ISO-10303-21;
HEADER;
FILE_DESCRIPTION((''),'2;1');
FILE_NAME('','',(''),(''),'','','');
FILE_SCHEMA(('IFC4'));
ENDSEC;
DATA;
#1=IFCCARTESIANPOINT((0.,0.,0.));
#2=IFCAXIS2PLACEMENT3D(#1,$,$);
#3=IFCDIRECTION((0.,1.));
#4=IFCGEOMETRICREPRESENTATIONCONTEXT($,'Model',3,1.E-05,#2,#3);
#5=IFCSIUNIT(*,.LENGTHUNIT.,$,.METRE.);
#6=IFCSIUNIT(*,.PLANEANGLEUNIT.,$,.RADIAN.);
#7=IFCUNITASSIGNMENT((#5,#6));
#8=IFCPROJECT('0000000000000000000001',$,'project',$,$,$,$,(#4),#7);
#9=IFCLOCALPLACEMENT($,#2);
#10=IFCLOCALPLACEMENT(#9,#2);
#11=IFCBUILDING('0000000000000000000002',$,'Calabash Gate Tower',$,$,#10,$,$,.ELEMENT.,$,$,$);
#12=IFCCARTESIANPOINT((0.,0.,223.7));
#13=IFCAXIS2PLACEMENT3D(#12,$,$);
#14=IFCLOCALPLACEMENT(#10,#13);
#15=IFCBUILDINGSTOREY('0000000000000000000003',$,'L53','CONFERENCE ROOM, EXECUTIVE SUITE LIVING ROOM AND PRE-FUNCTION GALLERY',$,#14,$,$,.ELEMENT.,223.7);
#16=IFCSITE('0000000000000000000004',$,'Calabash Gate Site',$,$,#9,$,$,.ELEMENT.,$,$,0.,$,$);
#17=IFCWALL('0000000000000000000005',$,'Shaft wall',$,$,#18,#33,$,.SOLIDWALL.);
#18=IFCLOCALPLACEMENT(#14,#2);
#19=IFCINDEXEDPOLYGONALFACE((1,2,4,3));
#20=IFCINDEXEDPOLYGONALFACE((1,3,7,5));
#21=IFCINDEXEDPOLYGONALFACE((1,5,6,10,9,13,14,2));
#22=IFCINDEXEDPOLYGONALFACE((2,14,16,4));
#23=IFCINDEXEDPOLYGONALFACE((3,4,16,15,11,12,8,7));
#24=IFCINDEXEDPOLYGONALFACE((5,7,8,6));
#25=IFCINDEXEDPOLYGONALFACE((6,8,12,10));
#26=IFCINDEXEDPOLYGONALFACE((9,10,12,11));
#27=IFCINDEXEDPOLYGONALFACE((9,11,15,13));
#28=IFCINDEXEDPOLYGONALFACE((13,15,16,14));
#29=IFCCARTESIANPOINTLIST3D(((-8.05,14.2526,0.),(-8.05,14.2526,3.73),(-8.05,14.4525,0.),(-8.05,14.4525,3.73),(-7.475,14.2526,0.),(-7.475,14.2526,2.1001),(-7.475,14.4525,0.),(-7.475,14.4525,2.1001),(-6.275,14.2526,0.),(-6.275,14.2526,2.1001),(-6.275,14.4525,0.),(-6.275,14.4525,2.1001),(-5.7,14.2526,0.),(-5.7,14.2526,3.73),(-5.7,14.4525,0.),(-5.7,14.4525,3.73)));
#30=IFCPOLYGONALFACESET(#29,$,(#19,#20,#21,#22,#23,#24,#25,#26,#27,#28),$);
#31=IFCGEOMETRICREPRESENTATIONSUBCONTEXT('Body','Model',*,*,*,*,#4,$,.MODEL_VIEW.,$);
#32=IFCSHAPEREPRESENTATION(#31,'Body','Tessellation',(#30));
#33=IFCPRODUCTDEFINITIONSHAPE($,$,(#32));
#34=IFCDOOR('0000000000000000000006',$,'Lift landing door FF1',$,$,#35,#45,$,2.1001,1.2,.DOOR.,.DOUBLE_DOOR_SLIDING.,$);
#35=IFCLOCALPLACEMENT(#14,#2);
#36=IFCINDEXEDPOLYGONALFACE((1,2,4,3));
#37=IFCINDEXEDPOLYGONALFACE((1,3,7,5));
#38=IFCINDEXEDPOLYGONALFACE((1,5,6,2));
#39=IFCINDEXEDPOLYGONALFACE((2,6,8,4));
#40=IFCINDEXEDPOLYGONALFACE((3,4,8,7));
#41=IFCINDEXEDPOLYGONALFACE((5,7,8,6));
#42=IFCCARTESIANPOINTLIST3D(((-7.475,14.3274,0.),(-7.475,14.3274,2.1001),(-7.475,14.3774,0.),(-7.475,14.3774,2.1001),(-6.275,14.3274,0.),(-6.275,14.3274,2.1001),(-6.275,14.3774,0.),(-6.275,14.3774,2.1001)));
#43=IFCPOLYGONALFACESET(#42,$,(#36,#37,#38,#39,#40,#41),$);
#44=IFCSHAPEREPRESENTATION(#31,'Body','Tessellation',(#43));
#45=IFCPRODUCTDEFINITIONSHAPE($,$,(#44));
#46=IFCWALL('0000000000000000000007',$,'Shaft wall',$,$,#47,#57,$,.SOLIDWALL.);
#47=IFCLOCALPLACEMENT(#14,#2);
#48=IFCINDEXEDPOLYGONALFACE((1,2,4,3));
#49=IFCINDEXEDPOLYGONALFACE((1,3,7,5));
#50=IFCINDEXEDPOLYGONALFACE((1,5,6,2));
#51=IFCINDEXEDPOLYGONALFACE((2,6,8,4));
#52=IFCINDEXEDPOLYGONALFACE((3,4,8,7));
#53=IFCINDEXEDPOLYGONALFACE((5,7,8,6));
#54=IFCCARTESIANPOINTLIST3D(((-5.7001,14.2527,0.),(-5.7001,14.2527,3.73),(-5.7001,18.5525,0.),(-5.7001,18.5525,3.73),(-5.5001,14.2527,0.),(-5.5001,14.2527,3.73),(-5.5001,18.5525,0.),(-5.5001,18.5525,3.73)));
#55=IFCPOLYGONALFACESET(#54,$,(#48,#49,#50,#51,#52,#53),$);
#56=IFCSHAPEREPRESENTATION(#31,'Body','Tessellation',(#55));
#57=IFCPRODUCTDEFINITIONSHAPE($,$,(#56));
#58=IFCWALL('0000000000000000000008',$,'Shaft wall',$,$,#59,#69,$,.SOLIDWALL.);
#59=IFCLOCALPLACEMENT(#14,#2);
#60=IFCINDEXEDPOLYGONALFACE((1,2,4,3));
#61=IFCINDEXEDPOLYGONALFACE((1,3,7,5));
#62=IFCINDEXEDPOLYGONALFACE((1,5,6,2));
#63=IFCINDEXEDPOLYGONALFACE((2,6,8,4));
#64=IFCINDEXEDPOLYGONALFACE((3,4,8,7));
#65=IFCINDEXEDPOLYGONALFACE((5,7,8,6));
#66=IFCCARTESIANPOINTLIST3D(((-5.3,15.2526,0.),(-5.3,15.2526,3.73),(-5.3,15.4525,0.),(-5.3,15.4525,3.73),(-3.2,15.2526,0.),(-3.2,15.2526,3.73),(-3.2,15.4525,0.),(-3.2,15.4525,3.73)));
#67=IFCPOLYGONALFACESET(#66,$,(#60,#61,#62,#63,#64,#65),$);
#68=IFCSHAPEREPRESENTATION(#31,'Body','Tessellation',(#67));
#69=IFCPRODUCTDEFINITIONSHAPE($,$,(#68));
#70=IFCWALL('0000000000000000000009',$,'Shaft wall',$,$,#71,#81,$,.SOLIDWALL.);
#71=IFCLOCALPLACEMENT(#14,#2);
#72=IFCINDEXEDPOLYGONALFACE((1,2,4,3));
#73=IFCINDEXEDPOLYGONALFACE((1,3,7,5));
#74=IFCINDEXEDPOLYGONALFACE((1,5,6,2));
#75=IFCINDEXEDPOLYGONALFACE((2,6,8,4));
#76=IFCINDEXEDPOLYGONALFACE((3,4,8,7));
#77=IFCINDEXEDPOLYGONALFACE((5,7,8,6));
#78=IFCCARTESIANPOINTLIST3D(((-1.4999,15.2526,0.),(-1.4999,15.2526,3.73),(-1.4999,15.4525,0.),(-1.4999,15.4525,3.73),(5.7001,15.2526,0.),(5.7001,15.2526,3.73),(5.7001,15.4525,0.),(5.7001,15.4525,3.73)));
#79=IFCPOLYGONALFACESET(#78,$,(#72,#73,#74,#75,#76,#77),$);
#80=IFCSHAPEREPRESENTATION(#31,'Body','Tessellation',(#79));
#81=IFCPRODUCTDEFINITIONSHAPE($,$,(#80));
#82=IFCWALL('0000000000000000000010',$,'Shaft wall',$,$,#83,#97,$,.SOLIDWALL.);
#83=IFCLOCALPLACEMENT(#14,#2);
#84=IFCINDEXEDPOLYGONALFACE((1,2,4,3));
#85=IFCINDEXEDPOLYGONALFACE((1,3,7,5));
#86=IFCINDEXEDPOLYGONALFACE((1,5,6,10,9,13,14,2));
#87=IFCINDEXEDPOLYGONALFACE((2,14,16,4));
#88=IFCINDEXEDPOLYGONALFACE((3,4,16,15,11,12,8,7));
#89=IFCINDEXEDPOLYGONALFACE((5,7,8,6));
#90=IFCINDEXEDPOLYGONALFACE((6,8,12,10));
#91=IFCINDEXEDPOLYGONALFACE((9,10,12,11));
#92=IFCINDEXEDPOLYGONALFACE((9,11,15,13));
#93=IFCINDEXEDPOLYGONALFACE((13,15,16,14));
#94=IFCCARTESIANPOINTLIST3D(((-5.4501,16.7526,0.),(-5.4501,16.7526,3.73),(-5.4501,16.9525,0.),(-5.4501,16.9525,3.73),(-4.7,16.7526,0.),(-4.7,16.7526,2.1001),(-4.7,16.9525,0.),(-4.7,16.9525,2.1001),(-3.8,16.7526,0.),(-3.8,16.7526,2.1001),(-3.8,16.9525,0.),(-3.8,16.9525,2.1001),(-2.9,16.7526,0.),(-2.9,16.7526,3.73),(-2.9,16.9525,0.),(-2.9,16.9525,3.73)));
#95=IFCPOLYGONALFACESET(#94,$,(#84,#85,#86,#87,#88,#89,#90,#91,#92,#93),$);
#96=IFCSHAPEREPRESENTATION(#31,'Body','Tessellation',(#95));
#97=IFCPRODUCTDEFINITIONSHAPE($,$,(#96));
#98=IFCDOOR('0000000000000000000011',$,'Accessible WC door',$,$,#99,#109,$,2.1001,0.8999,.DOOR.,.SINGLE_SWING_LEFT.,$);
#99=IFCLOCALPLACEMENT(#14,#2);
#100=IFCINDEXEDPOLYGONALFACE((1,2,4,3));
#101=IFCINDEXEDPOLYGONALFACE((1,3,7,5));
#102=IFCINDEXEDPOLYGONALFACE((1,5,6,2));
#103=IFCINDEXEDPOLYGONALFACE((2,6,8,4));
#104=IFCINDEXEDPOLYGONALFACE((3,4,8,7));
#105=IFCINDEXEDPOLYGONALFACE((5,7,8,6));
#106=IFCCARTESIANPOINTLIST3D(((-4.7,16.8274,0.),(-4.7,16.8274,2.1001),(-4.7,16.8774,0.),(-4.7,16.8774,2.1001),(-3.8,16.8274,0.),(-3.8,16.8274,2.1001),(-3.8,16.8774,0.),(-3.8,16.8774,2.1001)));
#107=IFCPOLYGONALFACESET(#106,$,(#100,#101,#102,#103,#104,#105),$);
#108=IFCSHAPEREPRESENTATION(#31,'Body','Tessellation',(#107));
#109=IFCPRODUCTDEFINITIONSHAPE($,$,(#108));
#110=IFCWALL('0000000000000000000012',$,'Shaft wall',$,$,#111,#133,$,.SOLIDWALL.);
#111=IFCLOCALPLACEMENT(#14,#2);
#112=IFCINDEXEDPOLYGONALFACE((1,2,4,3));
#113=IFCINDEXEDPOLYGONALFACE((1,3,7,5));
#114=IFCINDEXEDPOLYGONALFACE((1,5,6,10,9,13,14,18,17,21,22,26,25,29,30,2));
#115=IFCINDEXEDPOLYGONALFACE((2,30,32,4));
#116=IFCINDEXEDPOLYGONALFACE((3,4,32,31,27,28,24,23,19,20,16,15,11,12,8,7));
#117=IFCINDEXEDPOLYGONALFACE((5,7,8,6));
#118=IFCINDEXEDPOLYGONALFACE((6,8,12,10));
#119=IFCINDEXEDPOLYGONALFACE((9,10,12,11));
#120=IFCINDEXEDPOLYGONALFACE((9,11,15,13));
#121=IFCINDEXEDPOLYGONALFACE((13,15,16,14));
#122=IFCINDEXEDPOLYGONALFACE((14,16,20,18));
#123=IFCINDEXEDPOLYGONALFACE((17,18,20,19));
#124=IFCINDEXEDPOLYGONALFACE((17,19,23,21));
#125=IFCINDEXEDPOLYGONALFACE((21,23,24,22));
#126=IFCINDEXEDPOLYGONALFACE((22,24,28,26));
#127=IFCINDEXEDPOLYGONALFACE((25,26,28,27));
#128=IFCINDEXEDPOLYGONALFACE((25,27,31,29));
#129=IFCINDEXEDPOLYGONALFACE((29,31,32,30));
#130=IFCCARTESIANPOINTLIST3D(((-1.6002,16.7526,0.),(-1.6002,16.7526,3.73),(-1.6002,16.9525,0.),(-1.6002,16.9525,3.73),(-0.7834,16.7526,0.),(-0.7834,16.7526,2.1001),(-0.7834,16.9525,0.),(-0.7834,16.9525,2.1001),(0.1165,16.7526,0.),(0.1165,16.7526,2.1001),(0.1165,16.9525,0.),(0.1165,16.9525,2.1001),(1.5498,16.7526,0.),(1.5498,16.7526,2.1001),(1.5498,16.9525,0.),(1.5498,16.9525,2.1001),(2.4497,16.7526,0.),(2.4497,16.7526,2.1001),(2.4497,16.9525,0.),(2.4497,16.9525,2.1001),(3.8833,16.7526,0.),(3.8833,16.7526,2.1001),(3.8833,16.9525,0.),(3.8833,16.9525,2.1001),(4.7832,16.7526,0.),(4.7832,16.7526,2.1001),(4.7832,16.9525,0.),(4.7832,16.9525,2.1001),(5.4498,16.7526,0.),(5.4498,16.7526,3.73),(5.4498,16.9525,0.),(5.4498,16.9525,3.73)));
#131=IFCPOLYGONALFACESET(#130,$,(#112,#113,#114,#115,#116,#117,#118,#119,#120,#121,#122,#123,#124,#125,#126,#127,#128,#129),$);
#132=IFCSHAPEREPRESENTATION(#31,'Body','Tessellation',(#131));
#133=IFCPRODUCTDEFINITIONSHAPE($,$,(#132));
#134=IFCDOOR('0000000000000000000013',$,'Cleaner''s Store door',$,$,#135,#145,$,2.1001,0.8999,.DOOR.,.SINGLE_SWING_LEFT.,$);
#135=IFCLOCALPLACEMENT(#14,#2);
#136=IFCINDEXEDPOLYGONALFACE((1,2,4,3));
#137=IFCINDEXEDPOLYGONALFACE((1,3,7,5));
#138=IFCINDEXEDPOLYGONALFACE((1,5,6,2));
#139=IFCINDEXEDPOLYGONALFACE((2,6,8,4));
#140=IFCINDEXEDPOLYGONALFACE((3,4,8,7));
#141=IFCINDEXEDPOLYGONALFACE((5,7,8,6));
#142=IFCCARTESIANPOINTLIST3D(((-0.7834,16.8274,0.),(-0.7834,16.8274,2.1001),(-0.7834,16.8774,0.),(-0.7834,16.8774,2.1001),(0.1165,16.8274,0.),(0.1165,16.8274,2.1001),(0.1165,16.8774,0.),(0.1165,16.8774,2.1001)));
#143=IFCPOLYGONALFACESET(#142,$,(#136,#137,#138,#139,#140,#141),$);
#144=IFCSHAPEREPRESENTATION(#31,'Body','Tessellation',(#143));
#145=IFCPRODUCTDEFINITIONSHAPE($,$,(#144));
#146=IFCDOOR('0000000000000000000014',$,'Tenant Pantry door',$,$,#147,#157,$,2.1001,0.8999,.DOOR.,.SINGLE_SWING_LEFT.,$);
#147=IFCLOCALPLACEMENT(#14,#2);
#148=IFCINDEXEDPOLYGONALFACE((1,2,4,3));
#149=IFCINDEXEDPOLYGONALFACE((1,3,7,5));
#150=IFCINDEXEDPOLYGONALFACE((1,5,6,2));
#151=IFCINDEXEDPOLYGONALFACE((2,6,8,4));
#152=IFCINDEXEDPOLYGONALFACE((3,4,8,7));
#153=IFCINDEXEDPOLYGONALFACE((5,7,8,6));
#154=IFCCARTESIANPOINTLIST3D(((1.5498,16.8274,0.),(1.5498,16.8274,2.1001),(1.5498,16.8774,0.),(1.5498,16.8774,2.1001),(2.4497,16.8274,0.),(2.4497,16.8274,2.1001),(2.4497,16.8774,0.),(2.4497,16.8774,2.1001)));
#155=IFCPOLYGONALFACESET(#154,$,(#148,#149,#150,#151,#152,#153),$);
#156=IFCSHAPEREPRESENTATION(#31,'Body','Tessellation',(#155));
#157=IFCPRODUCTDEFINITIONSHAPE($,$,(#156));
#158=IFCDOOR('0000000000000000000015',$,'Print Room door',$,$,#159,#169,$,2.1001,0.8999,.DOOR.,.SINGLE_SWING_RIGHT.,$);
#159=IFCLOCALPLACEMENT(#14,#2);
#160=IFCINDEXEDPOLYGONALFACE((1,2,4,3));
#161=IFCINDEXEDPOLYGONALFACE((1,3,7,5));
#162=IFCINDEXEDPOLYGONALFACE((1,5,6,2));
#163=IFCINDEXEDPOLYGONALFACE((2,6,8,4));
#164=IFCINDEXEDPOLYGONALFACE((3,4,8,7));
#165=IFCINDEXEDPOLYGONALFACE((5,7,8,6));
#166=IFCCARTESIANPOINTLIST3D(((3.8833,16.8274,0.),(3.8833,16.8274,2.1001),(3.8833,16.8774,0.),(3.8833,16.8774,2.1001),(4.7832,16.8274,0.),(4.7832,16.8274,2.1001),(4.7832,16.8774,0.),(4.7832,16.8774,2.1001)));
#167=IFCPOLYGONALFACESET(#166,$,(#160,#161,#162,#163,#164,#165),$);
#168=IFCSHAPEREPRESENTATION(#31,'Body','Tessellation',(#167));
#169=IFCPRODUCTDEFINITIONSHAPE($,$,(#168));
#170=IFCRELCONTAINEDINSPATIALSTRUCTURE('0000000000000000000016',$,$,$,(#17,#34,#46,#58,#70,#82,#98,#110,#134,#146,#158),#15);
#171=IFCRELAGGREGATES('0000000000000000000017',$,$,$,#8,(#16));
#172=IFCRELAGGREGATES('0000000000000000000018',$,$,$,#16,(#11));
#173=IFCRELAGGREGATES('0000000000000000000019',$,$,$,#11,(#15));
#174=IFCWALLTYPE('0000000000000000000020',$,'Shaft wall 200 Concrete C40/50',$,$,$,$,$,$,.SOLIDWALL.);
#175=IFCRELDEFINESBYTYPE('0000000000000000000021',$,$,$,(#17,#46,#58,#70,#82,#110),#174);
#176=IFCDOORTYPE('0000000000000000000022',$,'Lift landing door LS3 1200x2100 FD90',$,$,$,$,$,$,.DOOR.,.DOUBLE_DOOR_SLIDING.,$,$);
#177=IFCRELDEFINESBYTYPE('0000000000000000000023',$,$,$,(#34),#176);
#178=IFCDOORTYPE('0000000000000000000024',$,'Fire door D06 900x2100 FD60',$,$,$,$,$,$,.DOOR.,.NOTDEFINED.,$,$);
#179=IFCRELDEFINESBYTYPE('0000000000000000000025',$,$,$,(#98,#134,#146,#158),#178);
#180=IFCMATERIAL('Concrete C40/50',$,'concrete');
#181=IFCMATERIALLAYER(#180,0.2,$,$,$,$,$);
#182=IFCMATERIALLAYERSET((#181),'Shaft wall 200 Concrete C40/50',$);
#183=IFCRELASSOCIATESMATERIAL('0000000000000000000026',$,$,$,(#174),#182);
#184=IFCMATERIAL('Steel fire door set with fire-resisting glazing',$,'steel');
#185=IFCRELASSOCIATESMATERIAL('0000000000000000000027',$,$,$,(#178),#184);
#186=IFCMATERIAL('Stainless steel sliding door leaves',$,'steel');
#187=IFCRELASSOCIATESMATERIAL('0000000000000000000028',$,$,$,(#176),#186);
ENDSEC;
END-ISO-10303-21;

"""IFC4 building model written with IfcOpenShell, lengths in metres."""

from ifc_helpers import new_model, si_unit, direction, frame, frame_2d, origin, place, context, subcontext, project, spatial, rectangle, extrude, material, layer, layer_set, type_object, element, fill, save


model = new_model("IFC4")

# Units and contexts
model_context = context("Model", 3, precision=1e-05, world=origin(), true_north=direction((0.0, 1.0)))
body_context = subcontext(model_context, "Body", "Model", "MODEL_VIEW")
ifc_project = project(units=[si_unit("LENGTHUNIT", "METRE"), si_unit("PLANEANGLEUNIT", "RADIAN")], contexts=[model_context])

# Site, building, storey
site_placement = place(None, origin())
site = spatial("IfcSite", under=ifc_project, at=site_placement, Name="Calabash Gate Site", CompositionType="ELEMENT", RefElevation=0.0)
building_placement = place(site_placement, origin())
building = spatial("IfcBuilding", under=site, at=building_placement, Name="Calabash Gate Tower", CompositionType="ELEMENT")
storey_placement = place(building_placement, frame((0.0, 0.0, 223.7)))
storey = spatial("IfcBuildingStorey", under=building, at=storey_placement, Name="L53", Description="CONFERENCE ROOM, EXECUTIVE SUITE LIVING ROOM AND PRE-FUNCTION GALLERY", CompositionType="ELEMENT", Elevation=223.7)

# Shared definitions
ifc_material_1 = material(Name="Concrete C40/50", Category="concrete")
ifc_layer_1 = layer(ifc_material_1, 0.2)
ifc_layer_set_1 = layer_set([ifc_layer_1], Name="Shaft wall 200 Concrete C40/50")
wall_type_1 = type_object("IfcWallType", Name="Shaft wall 200 Concrete C40/50", PredefinedType="SOLIDWALL", material=ifc_layer_set_1)
ifc_material_2 = material(Name="Steel fire door set with fire-resisting glazing", Category="steel")
door_type_1 = type_object("IfcDoorType", Name="Fire door D06 900x2100 FD60", OperationType="NOTDEFINED", PredefinedType="DOOR", material=ifc_material_2)

# Wall, opening, door
wall_1_placement = place(storey_placement, frame((-8.05, 14.3525, 0.0), z_axis=(0.0, 0.0, 1.0), x_axis=(1.0, 0.0, 0.0)))
wall_1 = element("IfcWall", 1, at=wall_1_placement, inside=storey, type_object=wall_type_1, Name="Shaft wall", PredefinedType="SOLIDWALL", context=body_context, shape_type="SweptSolid", body=[
    extrude(rectangle(XDim=2.3501, YDim=0.2, at=frame_2d((1.175, 0.0))), origin(), (0.0, 0.0, 1.0), 3.73),
])
opening_1_placement = place(wall_1_placement, frame((0.575, 0.0, 0.0)))
opening_1 = element("IfcOpeningElement", 2, at=opening_1_placement, cuts=wall_1, PredefinedType="OPENING", context=body_context, shape_type="SweptSolid", body=[
    extrude(rectangle(XDim=1.2, YDim=2.1001, at=frame_2d((0.6001, 1.05))), frame((0.0, 0.1099, 0.0), z_axis=(0.0, -1.0, 0.0), x_axis=(1.0, 0.0, 0.0)), (0.0, 0.0, 1.0), 0.22),
])
ifc_material_3 = material(Name="Stainless steel sliding door leaves", Category="steel")
door_type_2 = type_object("IfcDoorType", Name="Lift landing door LS3 1200x2100 FD90", OperationType="DOUBLE_DOOR_SLIDING", PredefinedType="DOOR", material=ifc_material_3)
door_1_placement = place(opening_1_placement, origin())
door_1 = element("IfcDoor", 3, at=door_1_placement, inside=storey, type_object=door_type_2, Name="Lift landing door FF1", OperationType="DOUBLE_DOOR_SLIDING", OverallHeight=2.1001, OverallWidth=1.2, PredefinedType="DOOR", context=body_context, shape_type="SweptSolid", body=[
    extrude(rectangle(XDim=1.2, YDim=2.1001, at=frame_2d((0.6001, 1.05))), frame((0.0, 0.0249, 0.0), z_axis=(0.0, -1.0, 0.0), x_axis=(1.0, 0.0, 0.0)), (0.0, 0.0, 1.0), 0.05),
])
fill(opening_1, door_1)

# Walls
wall_2_placement = place(storey_placement, frame((-5.6001, 14.2527, 0.0), z_axis=(0.0, 0.0, 1.0), x_axis=(0.0, 1.0, 0.0)))
element("IfcWall", 4, at=wall_2_placement, inside=storey, type_object=wall_type_1, Name="Shaft wall", PredefinedType="SOLIDWALL", context=body_context, shape_type="SweptSolid", body=[
    extrude(rectangle(XDim=4.2998, YDim=0.2, at=frame_2d((2.1499, 0.0))), origin(), (0.0, 0.0, 1.0), 3.73),
])
wall_3_placement = place(storey_placement, frame((-5.3, 15.3525, 0.0), z_axis=(0.0, 0.0, 1.0), x_axis=(1.0, 0.0, 0.0)))
element("IfcWall", 5, at=wall_3_placement, inside=storey, type_object=wall_type_1, Name="Shaft wall", PredefinedType="SOLIDWALL", context=body_context, shape_type="SweptSolid", body=[
    extrude(rectangle(XDim=2.1001, YDim=0.2, at=frame_2d((1.05, 0.0))), origin(), (0.0, 0.0, 1.0), 3.73),
])
wall_4_placement = place(storey_placement, frame((-1.5, 15.3525, 0.0), z_axis=(0.0, 0.0, 1.0), x_axis=(1.0, 0.0, 0.0)))
element("IfcWall", 6, at=wall_4_placement, inside=storey, type_object=wall_type_1, Name="Shaft wall", PredefinedType="SOLIDWALL", context=body_context, shape_type="SweptSolid", body=[
    extrude(rectangle(XDim=7.2, YDim=0.2, at=frame_2d((3.6001, 0.0))), origin(), (0.0, 0.0, 1.0), 3.73),
])

# Wall, opening, door
wall_5_placement = place(storey_placement, frame((-5.45, 16.8525, 0.0), z_axis=(0.0, 0.0, 1.0), x_axis=(1.0, 0.0, 0.0)))
wall_5 = element("IfcWall", 7, at=wall_5_placement, inside=storey, type_object=wall_type_1, Name="Shaft wall", PredefinedType="SOLIDWALL", context=body_context, shape_type="SweptSolid", body=[
    extrude(rectangle(XDim=2.55, YDim=0.2, at=frame_2d((1.2749, 0.0))), origin(), (0.0, 0.0, 1.0), 3.73),
])
opening_2_placement = place(wall_5_placement, frame((0.75, 0.0, 0.0)))
opening_2 = element("IfcOpeningElement", 8, at=opening_2_placement, cuts=wall_5, PredefinedType="OPENING", context=body_context, shape_type="SweptSolid", body=[
    extrude(rectangle(XDim=0.8999, YDim=2.1001, at=frame_2d((0.45, 1.05))), frame((0.0, 0.1099, 0.0), z_axis=(0.0, -1.0, 0.0), x_axis=(1.0, 0.0, 0.0)), (0.0, 0.0, 1.0), 0.22),
])
door_2_placement = place(opening_2_placement, origin())
door_2 = element("IfcDoor", 9, at=door_2_placement, inside=storey, type_object=door_type_1, Name="Accessible WC door", OperationType="SINGLE_SWING_LEFT", OverallHeight=2.1001, OverallWidth=0.8999, PredefinedType="DOOR", context=body_context, shape_type="SweptSolid", body=[
    extrude(rectangle(XDim=0.8999, YDim=2.1001, at=frame_2d((0.45, 1.05))), frame((0.0, 0.0249, 0.0), z_axis=(0.0, -1.0, 0.0), x_axis=(1.0, 0.0, 0.0)), (0.0, 0.0, 1.0), 0.05),
])
fill(opening_2, door_2)

# Wall, openings, doors
wall_6_placement = place(storey_placement, frame((-1.6001, 16.8525, 0.0), z_axis=(0.0, 0.0, 1.0), x_axis=(1.0, 0.0, 0.0)))
wall_6 = element("IfcWall", 10, at=wall_6_placement, inside=storey, type_object=wall_type_1, Name="Shaft wall", PredefinedType="SOLIDWALL", context=body_context, shape_type="SweptSolid", body=[
    extrude(rectangle(XDim=7.05, YDim=0.2, at=frame_2d((3.5249, 0.0))), origin(), (0.0, 0.0, 1.0), 3.73),
])
opening_3_placement = place(wall_6_placement, frame((0.8167, 0.0, 0.0)))
opening_3 = element("IfcOpeningElement", 11, at=opening_3_placement, cuts=wall_6, PredefinedType="OPENING", context=body_context, shape_type="SweptSolid", body=[
    extrude(rectangle(XDim=0.8999, YDim=2.1001, at=frame_2d((0.45, 1.05))), frame((0.0, 0.1099, 0.0), z_axis=(0.0, -1.0, 0.0), x_axis=(1.0, 0.0, 0.0)), (0.0, 0.0, 1.0), 0.22),
])
opening_4_placement = place(wall_6_placement, frame((3.1499, 0.0, 0.0)))
opening_4 = element("IfcOpeningElement", 12, at=opening_4_placement, cuts=wall_6, PredefinedType="OPENING", context=body_context, shape_type="SweptSolid", body=[
    extrude(rectangle(XDim=0.8999, YDim=2.1001, at=frame_2d((0.45, 1.05))), frame((0.0, 0.1099, 0.0), z_axis=(0.0, -1.0, 0.0), x_axis=(1.0, 0.0, 0.0)), (0.0, 0.0, 1.0), 0.22),
])
opening_5_placement = place(wall_6_placement, frame((5.4834, 0.0, 0.0)))
opening_5 = element("IfcOpeningElement", 13, at=opening_5_placement, cuts=wall_6, PredefinedType="OPENING", context=body_context, shape_type="SweptSolid", body=[
    extrude(rectangle(XDim=0.8999, YDim=2.1001, at=frame_2d((0.45, 1.05))), frame((0.0, 0.1099, 0.0), z_axis=(0.0, -1.0, 0.0), x_axis=(1.0, 0.0, 0.0)), (0.0, 0.0, 1.0), 0.22),
])
door_3_placement = place(opening_3_placement, origin())
door_3 = element("IfcDoor", 14, at=door_3_placement, inside=storey, type_object=door_type_1, Name="Cleaner's Store door", OperationType="SINGLE_SWING_LEFT", OverallHeight=2.1001, OverallWidth=0.8999, PredefinedType="DOOR", context=body_context, shape_type="SweptSolid", body=[
    extrude(rectangle(XDim=0.8999, YDim=2.1001, at=frame_2d((0.45, 1.05))), frame((0.0, 0.0249, 0.0), z_axis=(0.0, -1.0, 0.0), x_axis=(1.0, 0.0, 0.0)), (0.0, 0.0, 1.0), 0.05),
])
fill(opening_3, door_3)
door_4_placement = place(opening_4_placement, origin())
door_4 = element("IfcDoor", 15, at=door_4_placement, inside=storey, type_object=door_type_1, Name="Tenant Pantry door", OperationType="SINGLE_SWING_LEFT", OverallHeight=2.1001, OverallWidth=0.8999, PredefinedType="DOOR", context=body_context, shape_type="SweptSolid", body=[
    extrude(rectangle(XDim=0.8999, YDim=2.1001, at=frame_2d((0.45, 1.05))), frame((0.0, 0.0249, 0.0), z_axis=(0.0, -1.0, 0.0), x_axis=(1.0, 0.0, 0.0)), (0.0, 0.0, 1.0), 0.05),
])
fill(opening_4, door_4)
door_5_placement = place(opening_5_placement, origin())
door_5 = element("IfcDoor", 16, at=door_5_placement, inside=storey, type_object=door_type_1, Name="Print Room door", OperationType="SINGLE_SWING_RIGHT", OverallHeight=2.1001, OverallWidth=0.8999, PredefinedType="DOOR", context=body_context, shape_type="SweptSolid", body=[
    extrude(rectangle(XDim=0.8999, YDim=2.1001, at=frame_2d((0.45, 1.05))), frame((0.0, 0.0249, 0.0), z_axis=(0.0, -1.0, 0.0), x_axis=(1.0, 0.0, 0.0)), (0.0, 0.0, 1.0), 0.05),
])
fill(opening_5, door_5)

save(model, "model.ifc")
